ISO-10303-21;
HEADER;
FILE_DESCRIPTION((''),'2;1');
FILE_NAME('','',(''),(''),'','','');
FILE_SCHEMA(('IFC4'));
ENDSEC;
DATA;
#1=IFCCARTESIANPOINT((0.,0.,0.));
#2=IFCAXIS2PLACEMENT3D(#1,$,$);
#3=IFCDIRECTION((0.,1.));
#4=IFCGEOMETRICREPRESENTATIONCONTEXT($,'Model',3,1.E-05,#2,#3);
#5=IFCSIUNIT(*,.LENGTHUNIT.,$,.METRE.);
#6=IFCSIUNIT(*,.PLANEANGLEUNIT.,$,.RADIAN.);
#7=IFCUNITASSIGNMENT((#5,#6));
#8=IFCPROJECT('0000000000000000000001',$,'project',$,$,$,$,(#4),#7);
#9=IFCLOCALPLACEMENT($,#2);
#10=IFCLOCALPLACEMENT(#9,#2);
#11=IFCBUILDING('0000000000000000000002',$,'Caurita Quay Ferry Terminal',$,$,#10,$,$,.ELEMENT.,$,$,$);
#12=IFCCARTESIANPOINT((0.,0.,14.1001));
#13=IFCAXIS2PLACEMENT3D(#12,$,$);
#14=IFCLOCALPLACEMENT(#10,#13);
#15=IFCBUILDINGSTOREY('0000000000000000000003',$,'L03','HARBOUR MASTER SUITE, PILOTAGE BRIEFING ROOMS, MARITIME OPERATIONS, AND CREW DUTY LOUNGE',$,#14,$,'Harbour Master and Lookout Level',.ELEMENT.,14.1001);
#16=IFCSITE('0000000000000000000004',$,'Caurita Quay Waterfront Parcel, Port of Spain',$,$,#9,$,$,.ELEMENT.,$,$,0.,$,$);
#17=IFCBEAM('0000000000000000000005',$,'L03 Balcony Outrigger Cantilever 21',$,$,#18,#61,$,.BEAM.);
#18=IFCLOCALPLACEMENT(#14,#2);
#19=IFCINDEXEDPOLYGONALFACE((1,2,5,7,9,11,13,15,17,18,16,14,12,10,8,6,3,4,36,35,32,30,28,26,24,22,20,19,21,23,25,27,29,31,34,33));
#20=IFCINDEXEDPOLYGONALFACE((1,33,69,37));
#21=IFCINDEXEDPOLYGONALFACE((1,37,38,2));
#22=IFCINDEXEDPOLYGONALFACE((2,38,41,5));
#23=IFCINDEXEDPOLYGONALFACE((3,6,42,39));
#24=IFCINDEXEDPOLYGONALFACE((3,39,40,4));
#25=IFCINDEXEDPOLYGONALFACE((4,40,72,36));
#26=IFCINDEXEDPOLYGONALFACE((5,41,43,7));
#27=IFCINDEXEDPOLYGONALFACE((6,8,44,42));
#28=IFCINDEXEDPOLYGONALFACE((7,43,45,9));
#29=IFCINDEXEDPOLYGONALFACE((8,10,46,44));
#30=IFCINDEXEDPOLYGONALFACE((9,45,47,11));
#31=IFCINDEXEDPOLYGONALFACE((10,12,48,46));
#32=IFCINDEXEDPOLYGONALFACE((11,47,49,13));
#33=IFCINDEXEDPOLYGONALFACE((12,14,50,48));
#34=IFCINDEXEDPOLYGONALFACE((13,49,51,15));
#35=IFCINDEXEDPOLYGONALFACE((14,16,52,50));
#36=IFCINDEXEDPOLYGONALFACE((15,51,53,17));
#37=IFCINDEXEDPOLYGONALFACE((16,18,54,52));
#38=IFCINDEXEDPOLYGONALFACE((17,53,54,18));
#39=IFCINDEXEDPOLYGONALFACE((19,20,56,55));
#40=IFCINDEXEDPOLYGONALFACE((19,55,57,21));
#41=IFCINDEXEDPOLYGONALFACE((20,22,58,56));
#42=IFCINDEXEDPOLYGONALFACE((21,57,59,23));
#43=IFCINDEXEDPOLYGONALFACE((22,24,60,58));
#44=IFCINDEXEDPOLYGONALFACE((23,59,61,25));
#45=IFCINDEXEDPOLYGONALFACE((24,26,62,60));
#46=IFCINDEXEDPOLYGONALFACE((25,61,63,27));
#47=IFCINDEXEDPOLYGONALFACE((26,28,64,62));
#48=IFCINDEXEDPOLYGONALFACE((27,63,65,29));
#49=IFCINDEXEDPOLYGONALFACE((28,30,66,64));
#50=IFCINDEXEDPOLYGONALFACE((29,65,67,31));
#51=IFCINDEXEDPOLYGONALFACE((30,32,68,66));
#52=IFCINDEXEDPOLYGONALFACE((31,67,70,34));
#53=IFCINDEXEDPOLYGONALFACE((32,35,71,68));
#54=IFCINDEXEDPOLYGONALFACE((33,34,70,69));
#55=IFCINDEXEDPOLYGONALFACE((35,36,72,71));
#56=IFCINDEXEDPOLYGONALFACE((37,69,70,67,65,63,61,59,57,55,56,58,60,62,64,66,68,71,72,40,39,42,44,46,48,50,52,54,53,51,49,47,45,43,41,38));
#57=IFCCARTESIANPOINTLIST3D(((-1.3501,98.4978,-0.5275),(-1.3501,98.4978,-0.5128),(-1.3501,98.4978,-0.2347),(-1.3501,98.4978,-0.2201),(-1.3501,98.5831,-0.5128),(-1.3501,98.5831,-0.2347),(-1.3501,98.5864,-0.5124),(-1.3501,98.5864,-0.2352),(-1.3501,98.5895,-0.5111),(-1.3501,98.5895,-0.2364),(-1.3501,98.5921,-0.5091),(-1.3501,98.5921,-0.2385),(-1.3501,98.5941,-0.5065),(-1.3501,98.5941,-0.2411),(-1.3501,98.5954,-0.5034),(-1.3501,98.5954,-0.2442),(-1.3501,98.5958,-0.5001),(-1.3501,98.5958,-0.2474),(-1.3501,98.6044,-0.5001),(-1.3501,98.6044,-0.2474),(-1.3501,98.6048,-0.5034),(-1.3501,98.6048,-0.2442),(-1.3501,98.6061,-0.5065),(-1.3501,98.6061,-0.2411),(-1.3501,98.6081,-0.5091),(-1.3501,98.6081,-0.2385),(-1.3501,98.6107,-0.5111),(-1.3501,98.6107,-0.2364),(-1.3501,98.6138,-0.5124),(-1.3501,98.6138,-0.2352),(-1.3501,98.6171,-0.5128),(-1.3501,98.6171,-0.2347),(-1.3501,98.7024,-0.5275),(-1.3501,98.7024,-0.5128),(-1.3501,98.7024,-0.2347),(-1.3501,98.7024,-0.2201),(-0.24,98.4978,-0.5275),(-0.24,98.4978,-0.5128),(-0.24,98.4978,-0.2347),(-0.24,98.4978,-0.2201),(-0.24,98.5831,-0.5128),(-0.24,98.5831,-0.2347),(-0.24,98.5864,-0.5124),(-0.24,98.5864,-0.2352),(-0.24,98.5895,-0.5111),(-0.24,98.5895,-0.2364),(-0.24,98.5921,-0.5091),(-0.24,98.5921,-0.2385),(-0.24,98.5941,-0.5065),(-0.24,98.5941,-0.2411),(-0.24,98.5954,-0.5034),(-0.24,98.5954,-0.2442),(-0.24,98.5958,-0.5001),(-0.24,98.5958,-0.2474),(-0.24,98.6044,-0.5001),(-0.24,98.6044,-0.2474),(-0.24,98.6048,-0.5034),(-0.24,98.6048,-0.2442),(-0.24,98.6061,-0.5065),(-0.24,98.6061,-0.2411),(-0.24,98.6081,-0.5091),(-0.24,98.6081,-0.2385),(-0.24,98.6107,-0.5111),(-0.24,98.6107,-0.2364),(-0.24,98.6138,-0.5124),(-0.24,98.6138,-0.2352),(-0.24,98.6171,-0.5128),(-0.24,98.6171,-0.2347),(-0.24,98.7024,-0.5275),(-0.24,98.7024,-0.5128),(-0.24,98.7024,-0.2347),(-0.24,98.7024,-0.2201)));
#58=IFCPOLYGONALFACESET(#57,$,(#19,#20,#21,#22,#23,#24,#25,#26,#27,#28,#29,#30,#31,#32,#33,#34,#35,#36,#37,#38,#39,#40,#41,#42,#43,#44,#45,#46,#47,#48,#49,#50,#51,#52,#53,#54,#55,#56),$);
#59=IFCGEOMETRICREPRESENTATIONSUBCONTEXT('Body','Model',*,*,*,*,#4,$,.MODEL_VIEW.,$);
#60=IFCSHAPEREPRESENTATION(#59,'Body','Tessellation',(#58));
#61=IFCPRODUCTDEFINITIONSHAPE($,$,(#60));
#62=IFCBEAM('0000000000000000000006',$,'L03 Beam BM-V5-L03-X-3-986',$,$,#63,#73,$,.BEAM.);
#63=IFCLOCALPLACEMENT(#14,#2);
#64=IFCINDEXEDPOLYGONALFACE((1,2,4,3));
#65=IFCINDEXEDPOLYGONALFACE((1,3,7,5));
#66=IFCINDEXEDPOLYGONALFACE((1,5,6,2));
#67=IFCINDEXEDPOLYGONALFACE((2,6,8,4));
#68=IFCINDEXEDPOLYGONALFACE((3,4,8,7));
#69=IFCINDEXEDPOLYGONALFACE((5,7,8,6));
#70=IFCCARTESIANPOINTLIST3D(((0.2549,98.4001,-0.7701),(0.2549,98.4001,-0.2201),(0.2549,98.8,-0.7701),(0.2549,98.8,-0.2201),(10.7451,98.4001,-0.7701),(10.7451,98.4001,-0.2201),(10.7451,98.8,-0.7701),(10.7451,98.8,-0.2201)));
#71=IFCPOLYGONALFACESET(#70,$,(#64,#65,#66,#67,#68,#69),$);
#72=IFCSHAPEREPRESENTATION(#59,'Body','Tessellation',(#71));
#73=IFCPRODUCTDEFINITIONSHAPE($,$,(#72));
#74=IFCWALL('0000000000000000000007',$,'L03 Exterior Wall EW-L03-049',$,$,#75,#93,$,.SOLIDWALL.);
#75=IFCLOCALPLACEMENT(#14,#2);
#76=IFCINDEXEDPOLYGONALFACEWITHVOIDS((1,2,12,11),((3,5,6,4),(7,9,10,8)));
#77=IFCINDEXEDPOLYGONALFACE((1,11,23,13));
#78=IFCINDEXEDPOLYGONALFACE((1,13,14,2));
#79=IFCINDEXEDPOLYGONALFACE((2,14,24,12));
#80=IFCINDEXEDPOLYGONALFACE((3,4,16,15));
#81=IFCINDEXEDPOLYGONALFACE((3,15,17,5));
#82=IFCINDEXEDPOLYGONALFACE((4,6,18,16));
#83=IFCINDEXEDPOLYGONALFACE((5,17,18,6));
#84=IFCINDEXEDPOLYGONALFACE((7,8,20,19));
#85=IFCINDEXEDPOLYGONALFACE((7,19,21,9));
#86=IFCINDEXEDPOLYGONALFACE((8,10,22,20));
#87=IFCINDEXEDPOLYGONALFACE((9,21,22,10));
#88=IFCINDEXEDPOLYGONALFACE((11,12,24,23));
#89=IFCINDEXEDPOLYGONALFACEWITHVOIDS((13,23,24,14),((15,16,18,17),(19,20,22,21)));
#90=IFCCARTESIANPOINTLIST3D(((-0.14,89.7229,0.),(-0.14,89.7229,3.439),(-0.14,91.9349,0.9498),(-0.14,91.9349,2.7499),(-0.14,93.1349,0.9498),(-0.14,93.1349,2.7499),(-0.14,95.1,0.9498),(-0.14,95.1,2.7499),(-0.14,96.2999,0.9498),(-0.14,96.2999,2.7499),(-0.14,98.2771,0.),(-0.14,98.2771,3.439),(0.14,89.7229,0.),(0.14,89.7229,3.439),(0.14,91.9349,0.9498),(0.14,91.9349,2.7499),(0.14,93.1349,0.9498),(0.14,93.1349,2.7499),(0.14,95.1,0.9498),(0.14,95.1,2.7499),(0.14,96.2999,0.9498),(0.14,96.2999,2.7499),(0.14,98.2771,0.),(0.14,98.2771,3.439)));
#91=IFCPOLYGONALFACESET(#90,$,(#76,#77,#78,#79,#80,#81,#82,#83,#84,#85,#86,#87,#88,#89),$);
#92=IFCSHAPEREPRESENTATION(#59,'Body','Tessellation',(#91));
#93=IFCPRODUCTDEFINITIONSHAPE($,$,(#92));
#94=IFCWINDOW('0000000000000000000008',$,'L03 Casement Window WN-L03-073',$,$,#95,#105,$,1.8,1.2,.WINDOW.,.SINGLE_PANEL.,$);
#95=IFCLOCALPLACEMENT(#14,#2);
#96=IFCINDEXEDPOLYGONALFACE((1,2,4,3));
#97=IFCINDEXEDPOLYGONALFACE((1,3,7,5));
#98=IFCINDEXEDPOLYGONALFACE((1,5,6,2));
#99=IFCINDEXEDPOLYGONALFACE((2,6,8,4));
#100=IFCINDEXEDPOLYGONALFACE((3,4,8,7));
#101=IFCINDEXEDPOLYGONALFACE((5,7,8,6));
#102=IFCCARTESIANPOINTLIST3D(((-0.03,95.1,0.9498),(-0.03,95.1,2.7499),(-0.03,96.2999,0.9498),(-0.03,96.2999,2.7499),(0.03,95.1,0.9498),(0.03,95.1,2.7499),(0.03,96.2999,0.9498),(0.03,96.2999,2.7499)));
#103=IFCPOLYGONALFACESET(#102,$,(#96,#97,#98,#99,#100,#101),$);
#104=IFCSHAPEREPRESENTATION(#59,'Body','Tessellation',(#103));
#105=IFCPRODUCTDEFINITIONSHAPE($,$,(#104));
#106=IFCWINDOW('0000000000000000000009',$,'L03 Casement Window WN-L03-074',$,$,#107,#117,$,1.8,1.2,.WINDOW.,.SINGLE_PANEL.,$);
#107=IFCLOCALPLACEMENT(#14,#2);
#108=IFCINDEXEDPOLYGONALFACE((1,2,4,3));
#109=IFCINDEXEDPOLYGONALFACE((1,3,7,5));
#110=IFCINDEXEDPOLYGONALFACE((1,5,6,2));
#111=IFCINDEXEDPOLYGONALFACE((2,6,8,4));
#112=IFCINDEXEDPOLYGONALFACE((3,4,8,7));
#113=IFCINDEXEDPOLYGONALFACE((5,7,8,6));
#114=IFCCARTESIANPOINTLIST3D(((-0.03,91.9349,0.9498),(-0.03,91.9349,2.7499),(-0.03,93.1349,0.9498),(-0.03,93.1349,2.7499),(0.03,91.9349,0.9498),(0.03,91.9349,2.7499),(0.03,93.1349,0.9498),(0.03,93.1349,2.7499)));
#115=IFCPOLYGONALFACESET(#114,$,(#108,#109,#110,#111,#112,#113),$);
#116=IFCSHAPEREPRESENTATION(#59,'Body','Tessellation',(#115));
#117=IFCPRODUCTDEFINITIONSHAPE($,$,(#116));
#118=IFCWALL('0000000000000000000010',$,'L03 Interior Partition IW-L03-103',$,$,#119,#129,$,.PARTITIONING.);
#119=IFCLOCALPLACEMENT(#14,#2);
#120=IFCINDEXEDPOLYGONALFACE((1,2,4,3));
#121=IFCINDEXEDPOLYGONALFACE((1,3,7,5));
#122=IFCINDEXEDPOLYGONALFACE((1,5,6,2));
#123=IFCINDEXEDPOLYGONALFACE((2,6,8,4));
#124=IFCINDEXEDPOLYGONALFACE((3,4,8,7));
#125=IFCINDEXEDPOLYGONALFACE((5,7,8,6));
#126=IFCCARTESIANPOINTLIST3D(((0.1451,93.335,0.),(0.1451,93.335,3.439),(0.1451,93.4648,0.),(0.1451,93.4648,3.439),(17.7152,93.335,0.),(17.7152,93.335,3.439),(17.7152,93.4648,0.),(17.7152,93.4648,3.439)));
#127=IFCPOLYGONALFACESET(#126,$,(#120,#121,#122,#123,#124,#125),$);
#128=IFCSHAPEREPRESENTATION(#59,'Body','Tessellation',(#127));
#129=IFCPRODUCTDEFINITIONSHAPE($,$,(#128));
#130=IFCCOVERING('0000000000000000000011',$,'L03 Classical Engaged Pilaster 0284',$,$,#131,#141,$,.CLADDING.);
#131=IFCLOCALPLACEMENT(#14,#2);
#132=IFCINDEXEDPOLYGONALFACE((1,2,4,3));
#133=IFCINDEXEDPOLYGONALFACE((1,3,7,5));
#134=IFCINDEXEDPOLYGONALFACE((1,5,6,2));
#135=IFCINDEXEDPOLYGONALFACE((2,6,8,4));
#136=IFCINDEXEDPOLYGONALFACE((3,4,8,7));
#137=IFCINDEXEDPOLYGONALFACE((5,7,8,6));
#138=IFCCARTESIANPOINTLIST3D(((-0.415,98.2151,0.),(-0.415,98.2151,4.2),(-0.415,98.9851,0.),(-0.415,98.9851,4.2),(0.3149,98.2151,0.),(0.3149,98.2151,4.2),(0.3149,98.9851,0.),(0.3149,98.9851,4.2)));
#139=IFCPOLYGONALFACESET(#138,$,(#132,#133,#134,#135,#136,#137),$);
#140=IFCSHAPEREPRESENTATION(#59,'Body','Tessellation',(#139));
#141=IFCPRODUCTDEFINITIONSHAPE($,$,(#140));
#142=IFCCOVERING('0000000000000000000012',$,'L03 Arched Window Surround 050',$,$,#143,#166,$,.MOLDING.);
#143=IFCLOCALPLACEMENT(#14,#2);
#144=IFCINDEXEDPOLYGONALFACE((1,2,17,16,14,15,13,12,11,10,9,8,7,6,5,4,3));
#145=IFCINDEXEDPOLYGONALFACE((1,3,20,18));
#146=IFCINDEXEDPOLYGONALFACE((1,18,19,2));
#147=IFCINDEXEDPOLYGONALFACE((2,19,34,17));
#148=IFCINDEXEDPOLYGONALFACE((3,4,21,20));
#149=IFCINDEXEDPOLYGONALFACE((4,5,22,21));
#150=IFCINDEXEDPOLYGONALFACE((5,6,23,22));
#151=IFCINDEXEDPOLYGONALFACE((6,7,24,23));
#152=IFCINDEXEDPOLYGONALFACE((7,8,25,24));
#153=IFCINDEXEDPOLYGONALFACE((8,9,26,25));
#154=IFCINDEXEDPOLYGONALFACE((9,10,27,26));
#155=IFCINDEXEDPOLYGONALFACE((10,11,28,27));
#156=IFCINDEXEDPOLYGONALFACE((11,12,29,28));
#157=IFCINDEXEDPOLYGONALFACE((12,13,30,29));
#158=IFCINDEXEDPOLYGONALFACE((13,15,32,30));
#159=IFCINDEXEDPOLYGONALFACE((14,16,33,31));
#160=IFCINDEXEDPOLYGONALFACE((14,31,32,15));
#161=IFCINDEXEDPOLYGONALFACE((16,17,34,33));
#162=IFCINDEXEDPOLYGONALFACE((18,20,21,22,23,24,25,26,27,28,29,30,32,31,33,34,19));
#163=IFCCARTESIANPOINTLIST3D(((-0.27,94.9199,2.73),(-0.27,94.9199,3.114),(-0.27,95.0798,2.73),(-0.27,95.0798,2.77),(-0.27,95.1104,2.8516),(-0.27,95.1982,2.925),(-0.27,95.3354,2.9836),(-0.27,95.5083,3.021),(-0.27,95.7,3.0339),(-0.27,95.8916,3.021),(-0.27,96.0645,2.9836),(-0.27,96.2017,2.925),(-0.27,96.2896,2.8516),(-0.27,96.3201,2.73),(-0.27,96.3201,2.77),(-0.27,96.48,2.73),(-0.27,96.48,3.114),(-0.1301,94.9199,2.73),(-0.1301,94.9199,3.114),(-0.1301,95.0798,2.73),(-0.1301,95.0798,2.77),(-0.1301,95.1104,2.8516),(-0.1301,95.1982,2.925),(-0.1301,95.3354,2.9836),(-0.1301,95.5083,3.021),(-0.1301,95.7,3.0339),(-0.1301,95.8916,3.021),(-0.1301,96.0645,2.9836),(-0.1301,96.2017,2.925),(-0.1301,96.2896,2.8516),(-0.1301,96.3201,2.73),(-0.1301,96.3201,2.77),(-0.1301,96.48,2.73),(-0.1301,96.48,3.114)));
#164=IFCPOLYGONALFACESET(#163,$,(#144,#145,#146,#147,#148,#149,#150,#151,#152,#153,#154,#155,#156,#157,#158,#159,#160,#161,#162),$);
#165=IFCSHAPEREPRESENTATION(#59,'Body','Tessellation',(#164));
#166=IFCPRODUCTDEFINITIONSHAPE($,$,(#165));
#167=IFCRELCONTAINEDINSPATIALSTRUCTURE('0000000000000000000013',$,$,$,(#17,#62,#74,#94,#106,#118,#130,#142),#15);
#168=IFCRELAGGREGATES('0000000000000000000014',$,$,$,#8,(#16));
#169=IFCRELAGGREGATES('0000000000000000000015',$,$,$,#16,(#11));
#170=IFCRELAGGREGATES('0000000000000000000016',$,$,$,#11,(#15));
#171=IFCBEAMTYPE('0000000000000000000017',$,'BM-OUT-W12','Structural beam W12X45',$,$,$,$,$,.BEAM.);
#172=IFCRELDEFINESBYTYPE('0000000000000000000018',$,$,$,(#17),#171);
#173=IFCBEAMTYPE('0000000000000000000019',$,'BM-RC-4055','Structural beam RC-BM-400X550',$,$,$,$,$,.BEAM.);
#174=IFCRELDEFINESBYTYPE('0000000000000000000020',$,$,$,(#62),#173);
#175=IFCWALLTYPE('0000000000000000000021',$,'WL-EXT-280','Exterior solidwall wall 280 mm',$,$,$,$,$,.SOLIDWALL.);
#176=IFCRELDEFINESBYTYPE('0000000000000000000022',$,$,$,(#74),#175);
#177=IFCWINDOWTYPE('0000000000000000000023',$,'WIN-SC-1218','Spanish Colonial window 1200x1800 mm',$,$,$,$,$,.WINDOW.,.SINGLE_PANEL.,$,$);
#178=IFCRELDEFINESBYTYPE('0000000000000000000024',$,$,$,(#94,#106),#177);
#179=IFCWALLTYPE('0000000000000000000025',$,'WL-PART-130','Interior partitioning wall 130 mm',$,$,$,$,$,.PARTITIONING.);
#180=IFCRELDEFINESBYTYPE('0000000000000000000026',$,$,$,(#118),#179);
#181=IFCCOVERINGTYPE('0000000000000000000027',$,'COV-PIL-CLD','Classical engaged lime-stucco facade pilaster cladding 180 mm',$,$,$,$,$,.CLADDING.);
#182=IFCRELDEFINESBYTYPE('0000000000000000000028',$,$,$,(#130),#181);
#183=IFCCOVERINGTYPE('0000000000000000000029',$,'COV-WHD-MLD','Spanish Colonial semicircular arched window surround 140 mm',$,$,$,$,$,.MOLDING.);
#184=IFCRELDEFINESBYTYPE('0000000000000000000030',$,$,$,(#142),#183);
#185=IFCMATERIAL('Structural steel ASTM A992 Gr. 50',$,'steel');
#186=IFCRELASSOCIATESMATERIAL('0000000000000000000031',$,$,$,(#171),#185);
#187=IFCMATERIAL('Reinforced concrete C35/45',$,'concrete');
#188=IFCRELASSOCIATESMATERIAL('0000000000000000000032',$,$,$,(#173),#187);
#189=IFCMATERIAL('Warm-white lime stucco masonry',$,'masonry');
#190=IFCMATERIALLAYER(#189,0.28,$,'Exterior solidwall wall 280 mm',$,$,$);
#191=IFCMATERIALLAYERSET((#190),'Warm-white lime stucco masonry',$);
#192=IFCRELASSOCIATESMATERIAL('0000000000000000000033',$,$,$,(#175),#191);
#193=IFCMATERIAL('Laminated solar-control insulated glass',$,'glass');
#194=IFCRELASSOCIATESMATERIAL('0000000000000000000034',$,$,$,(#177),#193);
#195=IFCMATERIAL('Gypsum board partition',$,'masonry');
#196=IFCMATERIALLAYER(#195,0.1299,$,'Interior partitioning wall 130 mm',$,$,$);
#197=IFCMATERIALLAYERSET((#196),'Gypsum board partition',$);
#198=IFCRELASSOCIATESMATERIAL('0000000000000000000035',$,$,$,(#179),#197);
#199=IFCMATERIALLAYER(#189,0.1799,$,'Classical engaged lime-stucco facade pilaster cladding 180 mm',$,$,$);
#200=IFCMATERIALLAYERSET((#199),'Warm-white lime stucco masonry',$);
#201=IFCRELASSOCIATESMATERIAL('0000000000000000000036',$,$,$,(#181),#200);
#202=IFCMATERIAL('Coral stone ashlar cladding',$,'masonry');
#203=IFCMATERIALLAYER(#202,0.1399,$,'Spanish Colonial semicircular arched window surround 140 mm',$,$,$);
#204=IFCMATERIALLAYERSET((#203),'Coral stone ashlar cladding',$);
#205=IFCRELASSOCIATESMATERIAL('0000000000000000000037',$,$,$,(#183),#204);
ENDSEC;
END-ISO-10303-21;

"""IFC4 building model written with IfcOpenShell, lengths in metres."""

from ifc_helpers import new_model, si_unit, direction, frame, frame_2d, origin, origin_2d, place, context, subcontext, project, spatial, polyline, rectangle, i_section, outline, extrude, material, layer, layer_set, material_profile, profile_set, type_object, element, fill, save


model = new_model("IFC4")

# Units and contexts
model_context = context("Model", 3, precision=1e-05, world=origin(), true_north=direction((0.0, 1.0)))
body_context = subcontext(model_context, "Body", "Model", "MODEL_VIEW")
ifc_project = project(units=[si_unit("LENGTHUNIT", "METRE"), si_unit("PLANEANGLEUNIT", "RADIAN")], contexts=[model_context])

# Site, building, storey
site_placement = place(None, origin())
site = spatial("IfcSite", under=ifc_project, at=site_placement, Name="Caurita Quay Waterfront Parcel, Port of Spain", CompositionType="ELEMENT", RefElevation=0.0)
building_placement = place(site_placement, origin())
building = spatial("IfcBuilding", under=site, at=building_placement, Name="Caurita Quay Ferry Terminal", CompositionType="ELEMENT")
storey_placement = place(building_placement, frame((0.0, 0.0, 14.1001)))
storey = spatial("IfcBuildingStorey", under=building, at=storey_placement, Name="L03", Description="HARBOUR MASTER SUITE, PILOTAGE BRIEFING ROOMS, MARITIME OPERATIONS, AND CREW DUTY LOUNGE", LongName="Harbour Master and Lookout Level", CompositionType="ELEMENT", Elevation=14.1001)

# Shared definitions
ifc_material_1 = material(Name="Reinforced concrete C35/45", Category="concrete")

# Beams
ifc_material_2 = material(Name="Structural steel ASTM A992 Gr. 50", Category="steel")
ifc_material_profile_1 = material_profile(ifc_material_2, i_section(OverallWidth=0.2046, OverallDepth=0.3074, WebThickness=0.0085, FlangeThickness=0.0146, FilletRadius=0.0127, at=origin_2d()), Name="W12X45")
ifc_profile_set_1 = profile_set([ifc_material_profile_1], Name="Structural steel ASTM A992 Gr. 50")
beam_type_1 = type_object("IfcBeamType", Name="BM-OUT-W12", Description="Structural beam W12X45", PredefinedType="BEAM", material=ifc_profile_set_1)
beam_1_placement = place(storey_placement, frame((-0.24, 98.6001, -0.3738), z_axis=(-1.0, 0.0, 0.0), x_axis=(0.0, -1.0, 0.0)))
element("IfcBeam", 1, at=beam_1_placement, inside=storey, type_object=beam_type_1, Name="L03 Balcony Outrigger Cantilever 21", PredefinedType="BEAM", context=body_context, shape_type="SweptSolid", body=[
    extrude(i_section(OverallWidth=0.2046, OverallDepth=0.3074, WebThickness=0.0085, FlangeThickness=0.0146, FilletRadius=0.0127, at=origin_2d()), origin(), (0.0, 0.0, 1.0), 1.1101),
])
ifc_material_profile_2 = material_profile(ifc_material_1, rectangle(XDim=0.3999, YDim=0.55, at=origin_2d()), Name="RC-BM-400X550")
ifc_profile_set_2 = profile_set([ifc_material_profile_2], Name="Reinforced concrete C35/45")
beam_type_2 = type_object("IfcBeamType", Name="BM-RC-4055", Description="Structural beam RC-BM-400X550", PredefinedType="BEAM", material=ifc_profile_set_2)
beam_2_placement = place(storey_placement, frame((0.2549, 98.6001, -0.4951), z_axis=(1.0, 0.0, 0.0), x_axis=(0.0, 1.0, 0.0)))
element("IfcBeam", 2, at=beam_2_placement, inside=storey, type_object=beam_type_2, Name="L03 Beam BM-V5-L03-X-3-986", PredefinedType="BEAM", context=body_context, shape_type="SweptSolid", body=[
    extrude(rectangle(XDim=0.3999, YDim=0.55, at=origin_2d()), origin(), (0.0, 0.0, 1.0), 10.4902),
])

# Wall, openings, windows
ifc_material_3 = material(Name="Warm-white lime stucco masonry", Category="masonry")
ifc_layer_1 = layer(ifc_material_3, 0.28, Name="Exterior solidwall wall 280 mm")
ifc_layer_set_1 = layer_set([ifc_layer_1], Name="Warm-white lime stucco masonry")
wall_type_1 = type_object("IfcWallType", Name="WL-EXT-280", Description="Exterior solidwall wall 280 mm", PredefinedType="SOLIDWALL", material=ifc_layer_set_1)
wall_1_placement = place(storey_placement, frame((0.0, 98.2771, 0.0), z_axis=(0.0, 0.0, 1.0), x_axis=(0.0, -1.0, 0.0)))
wall_1 = element("IfcWall", 3, at=wall_1_placement, inside=storey, type_object=wall_type_1, Name="L03 Exterior Wall EW-L03-049", PredefinedType="SOLIDWALL", context=body_context, shape_type="SweptSolid", body=[
    extrude(rectangle(XDim=8.5542, YDim=0.28, at=frame_2d((4.2771, 0.0))), origin(), (0.0, 0.0, 1.0), 3.439),
])
opening_1_placement = place(wall_1_placement, frame((1.9771, 0.0, 0.95)))
opening_1 = element("IfcOpeningElement", 4, at=opening_1_placement, cuts=wall_1, PredefinedType="OPENING", context=body_context, shape_type="SweptSolid", body=[
    extrude(rectangle(XDim=1.2, YDim=1.8, at=frame_2d((0.6001, 0.8999))), frame((0.0, 0.1499, 0.0), z_axis=(0.0, -1.0, 0.0), x_axis=(1.0, 0.0, 0.0)), (0.0, 0.0, 1.0), 0.3),
])
opening_2_placement = place(wall_1_placement, frame((5.1421, 0.0, 0.95)))
opening_2 = element("IfcOpeningElement", 5, at=opening_2_placement, cuts=wall_1, PredefinedType="OPENING", context=body_context, shape_type="SweptSolid", body=[
    extrude(rectangle(XDim=1.2, YDim=1.8, at=frame_2d((0.6001, 0.8999))), frame((0.0, 0.1499, 0.0), z_axis=(0.0, -1.0, 0.0), x_axis=(1.0, 0.0, 0.0)), (0.0, 0.0, 1.0), 0.3),
])
ifc_material_4 = material(Name="Laminated solar-control insulated glass", Category="glass")
window_type = type_object("IfcWindowType", Name="WIN-SC-1218", Description="Spanish Colonial window 1200x1800 mm", PartitioningType="SINGLE_PANEL", PredefinedType="WINDOW", material=ifc_material_4)
window_1_placement = place(opening_1_placement, origin())
window_1 = element("IfcWindow", 6, at=window_1_placement, inside=storey, type_object=window_type, Name="L03 Casement Window WN-L03-073", OverallHeight=1.8, OverallWidth=1.2, PartitioningType="SINGLE_PANEL", PredefinedType="WINDOW", context=body_context, shape_type="SweptSolid", body=[
    extrude(rectangle(XDim=1.2, YDim=1.8, at=frame_2d((0.6001, 0.8999))), frame((0.0, 0.03, 0.0), z_axis=(0.0, -1.0, 0.0), x_axis=(1.0, 0.0, 0.0)), (0.0, 0.0, 1.0), 0.0601),
])
fill(opening_1, window_1)
window_2_placement = place(opening_2_placement, origin())
window_2 = element("IfcWindow", 7, at=window_2_placement, inside=storey, type_object=window_type, Name="L03 Casement Window WN-L03-074", OverallHeight=1.8, OverallWidth=1.2, PartitioningType="SINGLE_PANEL", PredefinedType="WINDOW", context=body_context, shape_type="SweptSolid", body=[
    extrude(rectangle(XDim=1.2, YDim=1.8, at=frame_2d((0.6001, 0.8999))), frame((0.0, 0.03, 0.0), z_axis=(0.0, -1.0, 0.0), x_axis=(1.0, 0.0, 0.0)), (0.0, 0.0, 1.0), 0.0601),
])
fill(opening_2, window_2)

# Wall
ifc_material_5 = material(Name="Gypsum board partition", Category="masonry")
ifc_layer_2 = layer(ifc_material_5, 0.1299, Name="Interior partitioning wall 130 mm")
ifc_layer_set_2 = layer_set([ifc_layer_2], Name="Gypsum board partition")
wall_type_2 = type_object("IfcWallType", Name="WL-PART-130", Description="Interior partitioning wall 130 mm", PredefinedType="PARTITIONING", material=ifc_layer_set_2)
wall_2_placement = place(storey_placement, frame((0.145, 93.3999, 0.0), z_axis=(0.0, 0.0, 1.0), x_axis=(1.0, 0.0, 0.0)))
element("IfcWall", 8, at=wall_2_placement, inside=storey, type_object=wall_type_2, Name="L03 Interior Partition IW-L03-103", PredefinedType="PARTITIONING", context=body_context, shape_type="SweptSolid", body=[
    extrude(rectangle(XDim=17.5701, YDim=0.1299, at=frame_2d((8.7852, 0.0))), origin(), (0.0, 0.0, 1.0), 3.439),
])

# Coverings
ifc_layer_3 = layer(ifc_material_3, 0.1799, Name="Classical engaged lime-stucco facade pilaster cladding 180 mm")
ifc_layer_set_3 = layer_set([ifc_layer_3], Name="Warm-white lime stucco masonry")
covering_type_1 = type_object("IfcCoveringType", Name="COV-PIL-CLD", Description="Classical engaged lime-stucco facade pilaster cladding 180 mm", PredefinedType="CLADDING", material=ifc_layer_set_3)
covering_placement = place(storey_placement, frame((-0.05, 98.6001, 0.0), z_axis=(0.0, 0.0, 1.0), x_axis=(1.0, 0.0, 0.0)))
element("IfcCovering", 9, at=covering_placement, inside=storey, type_object=covering_type_1, Name="L03 Classical Engaged Pilaster 0284", PredefinedType="CLADDING", context=body_context, shape_type="SweptSolid", body=[
    extrude(rectangle(XDim=0.73, YDim=0.77, at=origin_2d()), origin(), (0.0, 0.0, 1.0), 4.2),
])
ifc_material_6 = material(Name="Coral stone ashlar cladding", Category="masonry")
ifc_layer_4 = layer(ifc_material_6, 0.1399, Name="Spanish Colonial semicircular arched window surround 140 mm")
ifc_layer_set_4 = layer_set([ifc_layer_4], Name="Coral stone ashlar cladding")
covering_type_2 = type_object("IfcCoveringType", Name="COV-WHD-MLD", Description="Spanish Colonial semicircular arched window surround 140 mm", PredefinedType="MOLDING", material=ifc_layer_set_4)
for number, where, z_axis, x_axis, name in (
    (10, (-0.2, 96.48, 2.73), (0.0, 0.0, 1.0), (0.0, -1.0, 0.0), "L03 Arched Window Surround 050"),
):
    element("IfcCovering", number, at=place(storey_placement, frame(where, z_axis=z_axis, x_axis=x_axis)), inside=storey, type_object=covering_type_2, Name=name, PredefinedType="MOLDING", context=body_context, shape_type="SweptSolid", body=[
        extrude(outline(polyline([(0.0, 0.0), (0.1599, 0.0), (0.1599, 0.04), (0.1904, 0.1216), (0.2783, 0.1951), (0.4155, 0.2537), (0.5884, 0.291), (0.78, 0.304), (0.9717, 0.291), (1.1445, 0.2537), (1.2817, 0.1951), (1.3696, 0.1216), (1.4001, 0.04), (1.4001, 0.0), (1.5601, 0.0), (1.5601, 0.384), (0.0, 0.384), (0.0, 0.0)])), frame((0.0, 0.0698, 0.0), z_axis=(0.0, -1.0, 0.0), x_axis=(1.0, 0.0, 0.0)), (0.0, 0.0, 1.0), 0.1399),
    ])

save(model, "model.ifc")
